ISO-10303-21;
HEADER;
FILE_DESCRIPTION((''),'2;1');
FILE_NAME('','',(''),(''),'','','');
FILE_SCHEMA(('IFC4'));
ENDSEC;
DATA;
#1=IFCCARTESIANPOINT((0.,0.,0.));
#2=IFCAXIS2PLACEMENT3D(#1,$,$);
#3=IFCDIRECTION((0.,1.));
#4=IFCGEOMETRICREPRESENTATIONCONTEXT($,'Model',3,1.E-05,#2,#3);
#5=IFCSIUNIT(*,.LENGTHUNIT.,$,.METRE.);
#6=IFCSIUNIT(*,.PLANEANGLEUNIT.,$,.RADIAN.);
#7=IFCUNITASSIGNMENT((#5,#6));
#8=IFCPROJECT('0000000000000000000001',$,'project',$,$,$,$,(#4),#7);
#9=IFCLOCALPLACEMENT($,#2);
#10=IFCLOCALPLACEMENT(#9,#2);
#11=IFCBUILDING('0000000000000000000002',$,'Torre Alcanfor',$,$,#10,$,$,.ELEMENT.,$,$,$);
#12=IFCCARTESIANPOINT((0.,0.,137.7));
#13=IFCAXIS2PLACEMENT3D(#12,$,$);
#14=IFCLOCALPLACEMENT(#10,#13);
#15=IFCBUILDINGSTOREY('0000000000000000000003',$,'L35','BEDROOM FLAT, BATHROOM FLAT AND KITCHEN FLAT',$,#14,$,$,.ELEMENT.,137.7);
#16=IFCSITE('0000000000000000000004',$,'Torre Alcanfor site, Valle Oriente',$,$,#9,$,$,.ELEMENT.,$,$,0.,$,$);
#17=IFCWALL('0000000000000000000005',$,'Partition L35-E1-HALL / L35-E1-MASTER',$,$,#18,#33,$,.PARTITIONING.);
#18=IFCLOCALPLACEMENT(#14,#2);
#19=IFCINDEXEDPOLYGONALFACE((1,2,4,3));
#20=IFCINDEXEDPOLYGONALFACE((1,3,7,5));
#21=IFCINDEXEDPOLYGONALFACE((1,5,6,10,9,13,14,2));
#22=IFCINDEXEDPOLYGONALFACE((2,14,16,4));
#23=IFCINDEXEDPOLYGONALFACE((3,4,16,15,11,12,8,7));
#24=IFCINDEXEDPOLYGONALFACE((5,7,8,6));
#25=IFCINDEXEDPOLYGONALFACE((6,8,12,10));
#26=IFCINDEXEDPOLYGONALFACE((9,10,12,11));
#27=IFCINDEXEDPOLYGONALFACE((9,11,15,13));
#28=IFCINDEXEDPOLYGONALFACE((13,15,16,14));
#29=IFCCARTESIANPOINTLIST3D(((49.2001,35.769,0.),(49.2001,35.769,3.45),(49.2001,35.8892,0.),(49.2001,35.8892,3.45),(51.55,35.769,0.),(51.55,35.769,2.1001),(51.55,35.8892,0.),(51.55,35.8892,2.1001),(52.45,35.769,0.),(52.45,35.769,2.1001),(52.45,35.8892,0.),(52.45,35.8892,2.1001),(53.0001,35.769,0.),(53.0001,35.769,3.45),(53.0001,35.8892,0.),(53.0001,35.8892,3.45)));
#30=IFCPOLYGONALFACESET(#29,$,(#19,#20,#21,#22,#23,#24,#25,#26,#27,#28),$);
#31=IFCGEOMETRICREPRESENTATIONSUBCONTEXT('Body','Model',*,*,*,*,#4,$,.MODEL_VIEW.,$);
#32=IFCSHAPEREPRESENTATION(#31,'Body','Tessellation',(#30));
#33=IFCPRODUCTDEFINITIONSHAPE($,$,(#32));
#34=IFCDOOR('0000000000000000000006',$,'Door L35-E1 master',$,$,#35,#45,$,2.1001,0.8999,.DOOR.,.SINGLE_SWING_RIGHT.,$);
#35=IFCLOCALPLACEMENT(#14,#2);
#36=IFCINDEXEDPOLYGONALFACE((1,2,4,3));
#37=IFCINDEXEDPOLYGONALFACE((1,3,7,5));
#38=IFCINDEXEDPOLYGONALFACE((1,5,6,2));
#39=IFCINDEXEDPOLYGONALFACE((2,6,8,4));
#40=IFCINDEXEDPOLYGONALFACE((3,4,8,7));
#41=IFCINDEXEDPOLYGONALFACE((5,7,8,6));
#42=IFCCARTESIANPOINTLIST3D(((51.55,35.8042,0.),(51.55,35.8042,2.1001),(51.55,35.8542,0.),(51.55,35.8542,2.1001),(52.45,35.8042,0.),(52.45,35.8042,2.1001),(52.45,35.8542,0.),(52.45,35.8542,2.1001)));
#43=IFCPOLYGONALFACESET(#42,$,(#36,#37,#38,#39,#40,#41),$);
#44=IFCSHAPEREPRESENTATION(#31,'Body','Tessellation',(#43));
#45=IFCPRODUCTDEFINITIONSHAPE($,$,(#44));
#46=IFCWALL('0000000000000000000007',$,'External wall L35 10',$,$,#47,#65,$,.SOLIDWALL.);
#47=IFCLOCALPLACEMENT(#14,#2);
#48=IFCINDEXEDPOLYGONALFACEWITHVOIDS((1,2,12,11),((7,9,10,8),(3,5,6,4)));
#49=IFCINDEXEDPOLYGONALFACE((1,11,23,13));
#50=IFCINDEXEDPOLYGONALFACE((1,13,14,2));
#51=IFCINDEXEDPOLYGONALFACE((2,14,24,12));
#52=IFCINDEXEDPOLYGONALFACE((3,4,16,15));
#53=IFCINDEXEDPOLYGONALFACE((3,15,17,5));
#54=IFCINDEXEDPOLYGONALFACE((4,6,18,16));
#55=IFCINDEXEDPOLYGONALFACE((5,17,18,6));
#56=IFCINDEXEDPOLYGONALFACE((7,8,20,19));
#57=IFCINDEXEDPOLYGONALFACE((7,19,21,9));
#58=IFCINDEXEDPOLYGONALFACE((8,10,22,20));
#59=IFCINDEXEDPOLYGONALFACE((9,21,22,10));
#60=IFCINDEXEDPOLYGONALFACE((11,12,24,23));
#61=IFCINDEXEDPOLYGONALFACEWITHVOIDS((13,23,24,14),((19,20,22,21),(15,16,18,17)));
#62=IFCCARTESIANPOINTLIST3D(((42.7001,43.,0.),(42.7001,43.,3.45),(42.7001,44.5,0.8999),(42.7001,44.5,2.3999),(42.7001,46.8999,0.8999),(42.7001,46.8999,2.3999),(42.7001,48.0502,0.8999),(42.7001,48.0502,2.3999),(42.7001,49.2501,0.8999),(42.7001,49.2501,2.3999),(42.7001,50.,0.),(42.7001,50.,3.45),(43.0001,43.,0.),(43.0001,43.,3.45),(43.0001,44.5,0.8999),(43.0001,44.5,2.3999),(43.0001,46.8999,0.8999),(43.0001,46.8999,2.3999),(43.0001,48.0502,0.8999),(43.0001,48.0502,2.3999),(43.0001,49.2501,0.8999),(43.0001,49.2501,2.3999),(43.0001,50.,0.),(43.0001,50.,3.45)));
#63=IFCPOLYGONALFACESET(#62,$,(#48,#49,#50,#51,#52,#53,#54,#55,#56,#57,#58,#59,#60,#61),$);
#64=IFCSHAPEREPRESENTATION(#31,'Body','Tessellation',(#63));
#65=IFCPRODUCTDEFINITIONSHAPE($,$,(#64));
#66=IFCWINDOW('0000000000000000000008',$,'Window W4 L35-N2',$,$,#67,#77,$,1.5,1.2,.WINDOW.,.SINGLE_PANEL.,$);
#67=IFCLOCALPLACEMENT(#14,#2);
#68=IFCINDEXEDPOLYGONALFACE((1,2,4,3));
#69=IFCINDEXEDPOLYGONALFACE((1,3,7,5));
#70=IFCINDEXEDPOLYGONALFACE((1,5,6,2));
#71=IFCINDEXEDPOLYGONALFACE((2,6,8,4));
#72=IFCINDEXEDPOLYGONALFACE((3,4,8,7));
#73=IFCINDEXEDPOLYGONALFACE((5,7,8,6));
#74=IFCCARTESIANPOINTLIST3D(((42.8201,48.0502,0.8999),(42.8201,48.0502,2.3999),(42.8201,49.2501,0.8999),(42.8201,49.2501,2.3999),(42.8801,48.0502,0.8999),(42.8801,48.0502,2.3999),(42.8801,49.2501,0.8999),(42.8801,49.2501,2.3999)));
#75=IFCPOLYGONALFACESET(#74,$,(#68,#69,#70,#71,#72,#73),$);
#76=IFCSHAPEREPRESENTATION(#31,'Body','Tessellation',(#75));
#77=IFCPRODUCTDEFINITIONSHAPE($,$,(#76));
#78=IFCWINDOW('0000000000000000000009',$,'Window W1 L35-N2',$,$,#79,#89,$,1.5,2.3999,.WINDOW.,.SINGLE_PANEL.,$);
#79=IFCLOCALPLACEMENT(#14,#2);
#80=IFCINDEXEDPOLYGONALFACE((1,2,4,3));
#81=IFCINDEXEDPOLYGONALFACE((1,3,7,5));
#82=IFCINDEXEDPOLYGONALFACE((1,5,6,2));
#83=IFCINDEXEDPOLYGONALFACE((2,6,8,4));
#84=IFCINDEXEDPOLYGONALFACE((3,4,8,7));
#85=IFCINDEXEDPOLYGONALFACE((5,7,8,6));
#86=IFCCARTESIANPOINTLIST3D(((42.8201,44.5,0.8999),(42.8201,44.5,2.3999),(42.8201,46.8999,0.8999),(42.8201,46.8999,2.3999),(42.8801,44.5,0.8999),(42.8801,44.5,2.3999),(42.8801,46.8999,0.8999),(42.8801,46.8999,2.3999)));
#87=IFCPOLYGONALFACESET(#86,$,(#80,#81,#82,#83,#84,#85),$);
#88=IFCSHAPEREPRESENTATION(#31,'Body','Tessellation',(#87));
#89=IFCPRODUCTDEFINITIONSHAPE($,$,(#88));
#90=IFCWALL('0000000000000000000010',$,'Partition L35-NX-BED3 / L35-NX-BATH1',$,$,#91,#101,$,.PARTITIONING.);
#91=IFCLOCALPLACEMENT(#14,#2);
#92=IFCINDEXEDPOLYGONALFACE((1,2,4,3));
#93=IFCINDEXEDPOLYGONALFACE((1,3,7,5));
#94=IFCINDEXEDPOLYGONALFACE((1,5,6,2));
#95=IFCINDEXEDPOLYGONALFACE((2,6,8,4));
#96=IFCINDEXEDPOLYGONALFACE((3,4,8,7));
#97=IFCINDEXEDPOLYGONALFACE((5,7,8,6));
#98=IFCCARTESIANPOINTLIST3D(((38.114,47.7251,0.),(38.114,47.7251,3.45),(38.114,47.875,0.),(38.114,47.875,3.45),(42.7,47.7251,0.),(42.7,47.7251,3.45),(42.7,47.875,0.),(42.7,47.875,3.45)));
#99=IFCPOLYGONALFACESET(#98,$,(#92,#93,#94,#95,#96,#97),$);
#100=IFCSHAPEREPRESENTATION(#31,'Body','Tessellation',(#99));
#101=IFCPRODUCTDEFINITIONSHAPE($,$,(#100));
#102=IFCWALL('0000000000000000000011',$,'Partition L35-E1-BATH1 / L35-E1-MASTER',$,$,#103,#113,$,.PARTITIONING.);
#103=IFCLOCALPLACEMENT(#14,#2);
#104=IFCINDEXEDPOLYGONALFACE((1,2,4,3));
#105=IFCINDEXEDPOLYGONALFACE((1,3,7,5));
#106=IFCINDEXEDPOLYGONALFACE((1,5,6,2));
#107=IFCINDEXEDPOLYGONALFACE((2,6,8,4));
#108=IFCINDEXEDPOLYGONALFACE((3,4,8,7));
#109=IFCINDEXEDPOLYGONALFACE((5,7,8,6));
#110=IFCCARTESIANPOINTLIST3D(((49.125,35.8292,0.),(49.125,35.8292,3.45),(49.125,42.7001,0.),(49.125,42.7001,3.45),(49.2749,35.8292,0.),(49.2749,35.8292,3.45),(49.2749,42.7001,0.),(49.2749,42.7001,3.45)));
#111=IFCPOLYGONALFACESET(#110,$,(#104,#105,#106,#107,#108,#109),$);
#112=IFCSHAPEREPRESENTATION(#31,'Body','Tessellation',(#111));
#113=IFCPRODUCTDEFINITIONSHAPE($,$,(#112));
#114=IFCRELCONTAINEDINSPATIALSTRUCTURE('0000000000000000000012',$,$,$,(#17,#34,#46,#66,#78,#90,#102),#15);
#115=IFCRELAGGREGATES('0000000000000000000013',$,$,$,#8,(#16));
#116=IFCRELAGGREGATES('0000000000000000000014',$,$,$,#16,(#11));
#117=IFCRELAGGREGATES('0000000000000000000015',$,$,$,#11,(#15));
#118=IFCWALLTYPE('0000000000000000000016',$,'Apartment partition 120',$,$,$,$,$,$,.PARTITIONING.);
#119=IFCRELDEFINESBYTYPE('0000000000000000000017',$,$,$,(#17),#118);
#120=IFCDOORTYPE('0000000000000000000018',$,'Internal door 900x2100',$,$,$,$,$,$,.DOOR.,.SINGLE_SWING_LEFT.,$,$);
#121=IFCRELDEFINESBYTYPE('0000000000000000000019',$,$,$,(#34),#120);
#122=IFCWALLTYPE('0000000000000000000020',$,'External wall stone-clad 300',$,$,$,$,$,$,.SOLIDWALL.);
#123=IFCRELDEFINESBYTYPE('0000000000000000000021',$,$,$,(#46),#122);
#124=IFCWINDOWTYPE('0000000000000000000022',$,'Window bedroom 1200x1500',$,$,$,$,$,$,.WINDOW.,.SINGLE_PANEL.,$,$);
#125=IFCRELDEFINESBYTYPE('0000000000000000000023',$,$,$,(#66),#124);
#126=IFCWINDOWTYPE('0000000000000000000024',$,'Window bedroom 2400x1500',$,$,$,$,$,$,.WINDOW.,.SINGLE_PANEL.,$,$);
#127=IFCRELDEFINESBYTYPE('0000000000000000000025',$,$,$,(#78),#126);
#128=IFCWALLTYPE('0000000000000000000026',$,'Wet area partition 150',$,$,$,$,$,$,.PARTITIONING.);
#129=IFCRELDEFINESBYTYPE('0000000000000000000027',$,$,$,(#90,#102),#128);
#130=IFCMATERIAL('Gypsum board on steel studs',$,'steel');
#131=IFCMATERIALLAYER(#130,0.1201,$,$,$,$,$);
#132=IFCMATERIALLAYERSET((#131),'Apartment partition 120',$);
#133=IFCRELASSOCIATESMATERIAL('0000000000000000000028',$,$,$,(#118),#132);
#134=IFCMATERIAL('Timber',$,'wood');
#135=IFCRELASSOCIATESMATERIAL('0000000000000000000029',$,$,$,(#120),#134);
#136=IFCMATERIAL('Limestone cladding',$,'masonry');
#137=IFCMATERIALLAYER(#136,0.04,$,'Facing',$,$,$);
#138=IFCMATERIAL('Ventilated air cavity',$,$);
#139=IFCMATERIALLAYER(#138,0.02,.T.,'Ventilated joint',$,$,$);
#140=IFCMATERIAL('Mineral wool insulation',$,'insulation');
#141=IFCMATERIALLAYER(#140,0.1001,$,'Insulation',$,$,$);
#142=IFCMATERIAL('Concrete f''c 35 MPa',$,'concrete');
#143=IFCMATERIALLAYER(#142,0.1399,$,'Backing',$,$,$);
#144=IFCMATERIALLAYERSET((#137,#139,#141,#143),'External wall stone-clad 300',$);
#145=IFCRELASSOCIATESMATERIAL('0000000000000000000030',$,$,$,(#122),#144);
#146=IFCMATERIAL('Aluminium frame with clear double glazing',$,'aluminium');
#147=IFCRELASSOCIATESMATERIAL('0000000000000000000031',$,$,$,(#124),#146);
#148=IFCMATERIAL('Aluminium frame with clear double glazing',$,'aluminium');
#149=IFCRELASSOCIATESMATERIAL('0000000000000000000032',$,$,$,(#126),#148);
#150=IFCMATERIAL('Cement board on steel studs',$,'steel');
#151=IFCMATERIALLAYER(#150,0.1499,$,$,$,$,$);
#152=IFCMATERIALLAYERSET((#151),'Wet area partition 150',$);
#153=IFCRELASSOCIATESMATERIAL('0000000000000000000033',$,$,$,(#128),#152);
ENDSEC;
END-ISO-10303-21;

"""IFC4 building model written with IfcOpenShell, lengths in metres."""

from ifc_helpers import new_model, si_unit, direction, frame, frame_2d, origin, place, context, subcontext, project, spatial, rectangle, extrude, material, layer, layer_set, type_object, element, fill, save


model = new_model("IFC4")

# Units and contexts
model_context = context("Model", 3, precision=1e-05, world=origin(), true_north=direction((0.0, 1.0)))
body_context = subcontext(model_context, "Body", "Model", "MODEL_VIEW")
ifc_project = project(units=[si_unit("LENGTHUNIT", "METRE"), si_unit("PLANEANGLEUNIT", "RADIAN")], contexts=[model_context])

# Site, building, storey
site_placement = place(None, origin())
site = spatial("IfcSite", under=ifc_project, at=site_placement, Name="Torre Alcanfor site, Valle Oriente", CompositionType="ELEMENT", RefElevation=0.0)
building_placement = place(site_placement, origin())
building = spatial("IfcBuilding", under=site, at=building_placement, Name="Torre Alcanfor", CompositionType="ELEMENT")
storey_placement = place(building_placement, frame((0.0, 0.0, 137.7)))
storey = spatial("IfcBuildingStorey", under=building, at=storey_placement, Name="L35", Description="BEDROOM FLAT, BATHROOM FLAT AND KITCHEN FLAT", CompositionType="ELEMENT", Elevation=137.7)

# Wall, opening, door
ifc_material_1 = material(Name="Gypsum board on steel studs", Category="steel")
ifc_layer_1 = layer(ifc_material_1, 0.1201)
ifc_layer_set_1 = layer_set([ifc_layer_1], Name="Apartment partition 120")
wall_type_1 = type_object("IfcWallType", Name="Apartment partition 120", PredefinedType="PARTITIONING", material=ifc_layer_set_1)
wall_1_placement = place(storey_placement, frame((53.0, 35.8291, 0.0), z_axis=(0.0, 0.0, 1.0), x_axis=(-1.0, 0.0, 0.0)))
wall_1 = element("IfcWall", 1, at=wall_1_placement, inside=storey, type_object=wall_type_1, Name="Partition L35-E1-HALL / L35-E1-MASTER", PredefinedType="PARTITIONING", context=body_context, shape_type="SweptSolid", body=[
    extrude(rectangle(XDim=3.8, YDim=0.1201, at=frame_2d((1.8999, 0.0))), origin(), (0.0, 0.0, 1.0), 3.45),
])
opening_1_placement = place(wall_1_placement, frame((0.55, 0.0, 0.0)))
opening_1 = element("IfcOpeningElement", 2, at=opening_1_placement, cuts=wall_1, PredefinedType="OPENING", context=body_context, shape_type="SweptSolid", body=[
    extrude(rectangle(XDim=0.8999, YDim=2.1001, at=frame_2d((0.45, 1.05))), frame((0.0, 0.0701, 0.0), z_axis=(0.0, -1.0, 0.0), x_axis=(1.0, 0.0, 0.0)), (0.0, 0.0, 1.0), 0.1401),
])
ifc_material_2 = material(Name="Timber", Category="wood")
door_type = type_object("IfcDoorType", Name="Internal door 900x2100", OperationType="SINGLE_SWING_LEFT", PredefinedType="DOOR", material=ifc_material_2)
door_placement = place(opening_1_placement, frame((0.8999, 0.0, 0.0), z_axis=(0.0, 0.0, 1.0), x_axis=(-1.0, 0.0, 0.0)))
door = element("IfcDoor", 3, at=door_placement, inside=storey, type_object=door_type, Name="Door L35-E1 master", OperationType="SINGLE_SWING_RIGHT", OverallHeight=2.1001, OverallWidth=0.8999, PredefinedType="DOOR", context=body_context, shape_type="SweptSolid", body=[
    extrude(rectangle(XDim=0.8999, YDim=2.1001, at=frame_2d((0.45, 1.05))), frame((0.0, 0.0251, 0.0), z_axis=(0.0, -1.0, 0.0), x_axis=(1.0, 0.0, 0.0)), (0.0, 0.0, 1.0), 0.05),
])
fill(opening_1, door)

# Wall, openings, windows
ifc_material_3 = material(Name="Limestone cladding", Category="masonry")
ifc_layer_2 = layer(ifc_material_3, 0.04, Name="Facing")
ifc_material_4 = material(Name="Ventilated air cavity")
ifc_layer_3 = layer(ifc_material_4, 0.02, ventilated=True, Name="Ventilated joint")
ifc_material_5 = material(Name="Mineral wool insulation", Category="insulation")
ifc_layer_4 = layer(ifc_material_5, 0.1001, Name="Insulation")
ifc_material_6 = material(Name="Concrete f'c 35 MPa", Category="concrete")
ifc_layer_5 = layer(ifc_material_6, 0.1399, Name="Backing")
ifc_layer_set_2 = layer_set([ifc_layer_2, ifc_layer_3, ifc_layer_4, ifc_layer_5], Name="External wall stone-clad 300")
wall_type_2 = type_object("IfcWallType", Name="External wall stone-clad 300", PredefinedType="SOLIDWALL", material=ifc_layer_set_2)
wall_2_placement = place(storey_placement, frame((42.8501, 43.0, 0.0), z_axis=(0.0, 0.0, 1.0), x_axis=(0.0, 1.0, 0.0)))
wall_2 = element("IfcWall", 4, at=wall_2_placement, inside=storey, type_object=wall_type_2, Name="External wall L35 10", PredefinedType="SOLIDWALL", context=body_context, shape_type="SweptSolid", body=[
    extrude(rectangle(XDim=7.0, YDim=0.3, at=frame_2d((3.5, 0.0))), origin(), (0.0, 0.0, 1.0), 3.45),
])
opening_2_placement = place(wall_2_placement, frame((1.5, 0.0, 0.8999)))
opening_2 = element("IfcOpeningElement", 5, at=opening_2_placement, cuts=wall_2, PredefinedType="OPENING", context=body_context, shape_type="SweptSolid", body=[
    extrude(rectangle(XDim=2.3999, YDim=1.5, at=frame_2d((1.2, 0.75))), frame((0.0, 0.1599, 0.0), z_axis=(0.0, -1.0, 0.0), x_axis=(1.0, 0.0, 0.0)), (0.0, 0.0, 1.0), 0.3201),
])
opening_3_placement = place(wall_2_placement, frame((5.05, 0.0, 0.8999)))
opening_3 = element("IfcOpeningElement", 6, at=opening_3_placement, cuts=wall_2, PredefinedType="OPENING", context=body_context, shape_type="SweptSolid", body=[
    extrude(rectangle(XDim=1.2, YDim=1.5, at=frame_2d((0.6001, 0.75))), frame((0.0, 0.1599, 0.0), z_axis=(0.0, -1.0, 0.0), x_axis=(1.0, 0.0, 0.0)), (0.0, 0.0, 1.0), 0.3201),
])
ifc_material_7 = material(Name="Aluminium frame with clear double glazing", Category="aluminium")
window_type_1 = type_object("IfcWindowType", Name="Window bedroom 1200x1500", PartitioningType="SINGLE_PANEL", PredefinedType="WINDOW", material=ifc_material_7)
window_1_placement = place(opening_3_placement, origin())
window_1 = element("IfcWindow", 7, at=window_1_placement, inside=storey, type_object=window_type_1, Name="Window W4 L35-N2", OverallHeight=1.5, OverallWidth=1.2, PartitioningType="SINGLE_PANEL", PredefinedType="WINDOW", context=body_context, shape_type="SweptSolid", body=[
    extrude(rectangle(XDim=1.2, YDim=1.5, at=frame_2d((0.6001, 0.75))), frame((0.0, 0.03, 0.0), z_axis=(0.0, -1.0, 0.0), x_axis=(1.0, 0.0, 0.0)), (0.0, 0.0, 1.0), 0.0601),
])
fill(opening_3, window_1)
ifc_material_8 = material(Name="Aluminium frame with clear double glazing", Category="aluminium")
window_type_2 = type_object("IfcWindowType", Name="Window bedroom 2400x1500", PartitioningType="SINGLE_PANEL", PredefinedType="WINDOW", material=ifc_material_8)
window_2_placement = place(opening_2_placement, origin())
window_2 = element("IfcWindow", 8, at=window_2_placement, inside=storey, type_object=window_type_2, Name="Window W1 L35-N2", OverallHeight=1.5, OverallWidth=2.3999, PartitioningType="SINGLE_PANEL", PredefinedType="WINDOW", context=body_context, shape_type="SweptSolid", body=[
    extrude(rectangle(XDim=2.3999, YDim=1.5, at=frame_2d((1.2, 0.75))), frame((0.0, 0.03, 0.0), z_axis=(0.0, -1.0, 0.0), x_axis=(1.0, 0.0, 0.0)), (0.0, 0.0, 1.0), 0.0601),
])
fill(opening_2, window_2)

# Walls
ifc_material_9 = material(Name="Cement board on steel studs", Category="steel")
ifc_layer_6 = layer(ifc_material_9, 0.1499)
ifc_layer_set_3 = layer_set([ifc_layer_6], Name="Wet area partition 150")
wall_type_3 = type_object("IfcWallType", Name="Wet area partition 150", PredefinedType="PARTITIONING", material=ifc_layer_set_3)
wall_3_placement = place(storey_placement, frame((42.7, 47.8, 0.0), z_axis=(0.0, 0.0, 1.0), x_axis=(-1.0, 0.0, 0.0)))
element("IfcWall", 9, at=wall_3_placement, inside=storey, type_object=wall_type_3, Name="Partition L35-NX-BED3 / L35-NX-BATH1", PredefinedType="PARTITIONING", context=body_context, shape_type="SweptSolid", body=[
    extrude(rectangle(XDim=4.5859, YDim=0.1499, at=frame_2d((2.293, 0.0))), origin(), (0.0, 0.0, 1.0), 3.45),
])
wall_4_placement = place(storey_placement, frame((49.2, 35.8291, 0.0), z_axis=(0.0, 0.0, 1.0), x_axis=(0.0, 1.0, 0.0)))
element("IfcWall", 10, at=wall_4_placement, inside=storey, type_object=wall_type_3, Name="Partition L35-E1-BATH1 / L35-E1-MASTER", PredefinedType="PARTITIONING", context=body_context, shape_type="SweptSolid", body=[
    extrude(rectangle(XDim=6.8708, YDim=0.1499, at=frame_2d((3.4355, 0.0))), origin(), (0.0, 0.0, 1.0), 3.45),
])

save(model, "model.ifc")
